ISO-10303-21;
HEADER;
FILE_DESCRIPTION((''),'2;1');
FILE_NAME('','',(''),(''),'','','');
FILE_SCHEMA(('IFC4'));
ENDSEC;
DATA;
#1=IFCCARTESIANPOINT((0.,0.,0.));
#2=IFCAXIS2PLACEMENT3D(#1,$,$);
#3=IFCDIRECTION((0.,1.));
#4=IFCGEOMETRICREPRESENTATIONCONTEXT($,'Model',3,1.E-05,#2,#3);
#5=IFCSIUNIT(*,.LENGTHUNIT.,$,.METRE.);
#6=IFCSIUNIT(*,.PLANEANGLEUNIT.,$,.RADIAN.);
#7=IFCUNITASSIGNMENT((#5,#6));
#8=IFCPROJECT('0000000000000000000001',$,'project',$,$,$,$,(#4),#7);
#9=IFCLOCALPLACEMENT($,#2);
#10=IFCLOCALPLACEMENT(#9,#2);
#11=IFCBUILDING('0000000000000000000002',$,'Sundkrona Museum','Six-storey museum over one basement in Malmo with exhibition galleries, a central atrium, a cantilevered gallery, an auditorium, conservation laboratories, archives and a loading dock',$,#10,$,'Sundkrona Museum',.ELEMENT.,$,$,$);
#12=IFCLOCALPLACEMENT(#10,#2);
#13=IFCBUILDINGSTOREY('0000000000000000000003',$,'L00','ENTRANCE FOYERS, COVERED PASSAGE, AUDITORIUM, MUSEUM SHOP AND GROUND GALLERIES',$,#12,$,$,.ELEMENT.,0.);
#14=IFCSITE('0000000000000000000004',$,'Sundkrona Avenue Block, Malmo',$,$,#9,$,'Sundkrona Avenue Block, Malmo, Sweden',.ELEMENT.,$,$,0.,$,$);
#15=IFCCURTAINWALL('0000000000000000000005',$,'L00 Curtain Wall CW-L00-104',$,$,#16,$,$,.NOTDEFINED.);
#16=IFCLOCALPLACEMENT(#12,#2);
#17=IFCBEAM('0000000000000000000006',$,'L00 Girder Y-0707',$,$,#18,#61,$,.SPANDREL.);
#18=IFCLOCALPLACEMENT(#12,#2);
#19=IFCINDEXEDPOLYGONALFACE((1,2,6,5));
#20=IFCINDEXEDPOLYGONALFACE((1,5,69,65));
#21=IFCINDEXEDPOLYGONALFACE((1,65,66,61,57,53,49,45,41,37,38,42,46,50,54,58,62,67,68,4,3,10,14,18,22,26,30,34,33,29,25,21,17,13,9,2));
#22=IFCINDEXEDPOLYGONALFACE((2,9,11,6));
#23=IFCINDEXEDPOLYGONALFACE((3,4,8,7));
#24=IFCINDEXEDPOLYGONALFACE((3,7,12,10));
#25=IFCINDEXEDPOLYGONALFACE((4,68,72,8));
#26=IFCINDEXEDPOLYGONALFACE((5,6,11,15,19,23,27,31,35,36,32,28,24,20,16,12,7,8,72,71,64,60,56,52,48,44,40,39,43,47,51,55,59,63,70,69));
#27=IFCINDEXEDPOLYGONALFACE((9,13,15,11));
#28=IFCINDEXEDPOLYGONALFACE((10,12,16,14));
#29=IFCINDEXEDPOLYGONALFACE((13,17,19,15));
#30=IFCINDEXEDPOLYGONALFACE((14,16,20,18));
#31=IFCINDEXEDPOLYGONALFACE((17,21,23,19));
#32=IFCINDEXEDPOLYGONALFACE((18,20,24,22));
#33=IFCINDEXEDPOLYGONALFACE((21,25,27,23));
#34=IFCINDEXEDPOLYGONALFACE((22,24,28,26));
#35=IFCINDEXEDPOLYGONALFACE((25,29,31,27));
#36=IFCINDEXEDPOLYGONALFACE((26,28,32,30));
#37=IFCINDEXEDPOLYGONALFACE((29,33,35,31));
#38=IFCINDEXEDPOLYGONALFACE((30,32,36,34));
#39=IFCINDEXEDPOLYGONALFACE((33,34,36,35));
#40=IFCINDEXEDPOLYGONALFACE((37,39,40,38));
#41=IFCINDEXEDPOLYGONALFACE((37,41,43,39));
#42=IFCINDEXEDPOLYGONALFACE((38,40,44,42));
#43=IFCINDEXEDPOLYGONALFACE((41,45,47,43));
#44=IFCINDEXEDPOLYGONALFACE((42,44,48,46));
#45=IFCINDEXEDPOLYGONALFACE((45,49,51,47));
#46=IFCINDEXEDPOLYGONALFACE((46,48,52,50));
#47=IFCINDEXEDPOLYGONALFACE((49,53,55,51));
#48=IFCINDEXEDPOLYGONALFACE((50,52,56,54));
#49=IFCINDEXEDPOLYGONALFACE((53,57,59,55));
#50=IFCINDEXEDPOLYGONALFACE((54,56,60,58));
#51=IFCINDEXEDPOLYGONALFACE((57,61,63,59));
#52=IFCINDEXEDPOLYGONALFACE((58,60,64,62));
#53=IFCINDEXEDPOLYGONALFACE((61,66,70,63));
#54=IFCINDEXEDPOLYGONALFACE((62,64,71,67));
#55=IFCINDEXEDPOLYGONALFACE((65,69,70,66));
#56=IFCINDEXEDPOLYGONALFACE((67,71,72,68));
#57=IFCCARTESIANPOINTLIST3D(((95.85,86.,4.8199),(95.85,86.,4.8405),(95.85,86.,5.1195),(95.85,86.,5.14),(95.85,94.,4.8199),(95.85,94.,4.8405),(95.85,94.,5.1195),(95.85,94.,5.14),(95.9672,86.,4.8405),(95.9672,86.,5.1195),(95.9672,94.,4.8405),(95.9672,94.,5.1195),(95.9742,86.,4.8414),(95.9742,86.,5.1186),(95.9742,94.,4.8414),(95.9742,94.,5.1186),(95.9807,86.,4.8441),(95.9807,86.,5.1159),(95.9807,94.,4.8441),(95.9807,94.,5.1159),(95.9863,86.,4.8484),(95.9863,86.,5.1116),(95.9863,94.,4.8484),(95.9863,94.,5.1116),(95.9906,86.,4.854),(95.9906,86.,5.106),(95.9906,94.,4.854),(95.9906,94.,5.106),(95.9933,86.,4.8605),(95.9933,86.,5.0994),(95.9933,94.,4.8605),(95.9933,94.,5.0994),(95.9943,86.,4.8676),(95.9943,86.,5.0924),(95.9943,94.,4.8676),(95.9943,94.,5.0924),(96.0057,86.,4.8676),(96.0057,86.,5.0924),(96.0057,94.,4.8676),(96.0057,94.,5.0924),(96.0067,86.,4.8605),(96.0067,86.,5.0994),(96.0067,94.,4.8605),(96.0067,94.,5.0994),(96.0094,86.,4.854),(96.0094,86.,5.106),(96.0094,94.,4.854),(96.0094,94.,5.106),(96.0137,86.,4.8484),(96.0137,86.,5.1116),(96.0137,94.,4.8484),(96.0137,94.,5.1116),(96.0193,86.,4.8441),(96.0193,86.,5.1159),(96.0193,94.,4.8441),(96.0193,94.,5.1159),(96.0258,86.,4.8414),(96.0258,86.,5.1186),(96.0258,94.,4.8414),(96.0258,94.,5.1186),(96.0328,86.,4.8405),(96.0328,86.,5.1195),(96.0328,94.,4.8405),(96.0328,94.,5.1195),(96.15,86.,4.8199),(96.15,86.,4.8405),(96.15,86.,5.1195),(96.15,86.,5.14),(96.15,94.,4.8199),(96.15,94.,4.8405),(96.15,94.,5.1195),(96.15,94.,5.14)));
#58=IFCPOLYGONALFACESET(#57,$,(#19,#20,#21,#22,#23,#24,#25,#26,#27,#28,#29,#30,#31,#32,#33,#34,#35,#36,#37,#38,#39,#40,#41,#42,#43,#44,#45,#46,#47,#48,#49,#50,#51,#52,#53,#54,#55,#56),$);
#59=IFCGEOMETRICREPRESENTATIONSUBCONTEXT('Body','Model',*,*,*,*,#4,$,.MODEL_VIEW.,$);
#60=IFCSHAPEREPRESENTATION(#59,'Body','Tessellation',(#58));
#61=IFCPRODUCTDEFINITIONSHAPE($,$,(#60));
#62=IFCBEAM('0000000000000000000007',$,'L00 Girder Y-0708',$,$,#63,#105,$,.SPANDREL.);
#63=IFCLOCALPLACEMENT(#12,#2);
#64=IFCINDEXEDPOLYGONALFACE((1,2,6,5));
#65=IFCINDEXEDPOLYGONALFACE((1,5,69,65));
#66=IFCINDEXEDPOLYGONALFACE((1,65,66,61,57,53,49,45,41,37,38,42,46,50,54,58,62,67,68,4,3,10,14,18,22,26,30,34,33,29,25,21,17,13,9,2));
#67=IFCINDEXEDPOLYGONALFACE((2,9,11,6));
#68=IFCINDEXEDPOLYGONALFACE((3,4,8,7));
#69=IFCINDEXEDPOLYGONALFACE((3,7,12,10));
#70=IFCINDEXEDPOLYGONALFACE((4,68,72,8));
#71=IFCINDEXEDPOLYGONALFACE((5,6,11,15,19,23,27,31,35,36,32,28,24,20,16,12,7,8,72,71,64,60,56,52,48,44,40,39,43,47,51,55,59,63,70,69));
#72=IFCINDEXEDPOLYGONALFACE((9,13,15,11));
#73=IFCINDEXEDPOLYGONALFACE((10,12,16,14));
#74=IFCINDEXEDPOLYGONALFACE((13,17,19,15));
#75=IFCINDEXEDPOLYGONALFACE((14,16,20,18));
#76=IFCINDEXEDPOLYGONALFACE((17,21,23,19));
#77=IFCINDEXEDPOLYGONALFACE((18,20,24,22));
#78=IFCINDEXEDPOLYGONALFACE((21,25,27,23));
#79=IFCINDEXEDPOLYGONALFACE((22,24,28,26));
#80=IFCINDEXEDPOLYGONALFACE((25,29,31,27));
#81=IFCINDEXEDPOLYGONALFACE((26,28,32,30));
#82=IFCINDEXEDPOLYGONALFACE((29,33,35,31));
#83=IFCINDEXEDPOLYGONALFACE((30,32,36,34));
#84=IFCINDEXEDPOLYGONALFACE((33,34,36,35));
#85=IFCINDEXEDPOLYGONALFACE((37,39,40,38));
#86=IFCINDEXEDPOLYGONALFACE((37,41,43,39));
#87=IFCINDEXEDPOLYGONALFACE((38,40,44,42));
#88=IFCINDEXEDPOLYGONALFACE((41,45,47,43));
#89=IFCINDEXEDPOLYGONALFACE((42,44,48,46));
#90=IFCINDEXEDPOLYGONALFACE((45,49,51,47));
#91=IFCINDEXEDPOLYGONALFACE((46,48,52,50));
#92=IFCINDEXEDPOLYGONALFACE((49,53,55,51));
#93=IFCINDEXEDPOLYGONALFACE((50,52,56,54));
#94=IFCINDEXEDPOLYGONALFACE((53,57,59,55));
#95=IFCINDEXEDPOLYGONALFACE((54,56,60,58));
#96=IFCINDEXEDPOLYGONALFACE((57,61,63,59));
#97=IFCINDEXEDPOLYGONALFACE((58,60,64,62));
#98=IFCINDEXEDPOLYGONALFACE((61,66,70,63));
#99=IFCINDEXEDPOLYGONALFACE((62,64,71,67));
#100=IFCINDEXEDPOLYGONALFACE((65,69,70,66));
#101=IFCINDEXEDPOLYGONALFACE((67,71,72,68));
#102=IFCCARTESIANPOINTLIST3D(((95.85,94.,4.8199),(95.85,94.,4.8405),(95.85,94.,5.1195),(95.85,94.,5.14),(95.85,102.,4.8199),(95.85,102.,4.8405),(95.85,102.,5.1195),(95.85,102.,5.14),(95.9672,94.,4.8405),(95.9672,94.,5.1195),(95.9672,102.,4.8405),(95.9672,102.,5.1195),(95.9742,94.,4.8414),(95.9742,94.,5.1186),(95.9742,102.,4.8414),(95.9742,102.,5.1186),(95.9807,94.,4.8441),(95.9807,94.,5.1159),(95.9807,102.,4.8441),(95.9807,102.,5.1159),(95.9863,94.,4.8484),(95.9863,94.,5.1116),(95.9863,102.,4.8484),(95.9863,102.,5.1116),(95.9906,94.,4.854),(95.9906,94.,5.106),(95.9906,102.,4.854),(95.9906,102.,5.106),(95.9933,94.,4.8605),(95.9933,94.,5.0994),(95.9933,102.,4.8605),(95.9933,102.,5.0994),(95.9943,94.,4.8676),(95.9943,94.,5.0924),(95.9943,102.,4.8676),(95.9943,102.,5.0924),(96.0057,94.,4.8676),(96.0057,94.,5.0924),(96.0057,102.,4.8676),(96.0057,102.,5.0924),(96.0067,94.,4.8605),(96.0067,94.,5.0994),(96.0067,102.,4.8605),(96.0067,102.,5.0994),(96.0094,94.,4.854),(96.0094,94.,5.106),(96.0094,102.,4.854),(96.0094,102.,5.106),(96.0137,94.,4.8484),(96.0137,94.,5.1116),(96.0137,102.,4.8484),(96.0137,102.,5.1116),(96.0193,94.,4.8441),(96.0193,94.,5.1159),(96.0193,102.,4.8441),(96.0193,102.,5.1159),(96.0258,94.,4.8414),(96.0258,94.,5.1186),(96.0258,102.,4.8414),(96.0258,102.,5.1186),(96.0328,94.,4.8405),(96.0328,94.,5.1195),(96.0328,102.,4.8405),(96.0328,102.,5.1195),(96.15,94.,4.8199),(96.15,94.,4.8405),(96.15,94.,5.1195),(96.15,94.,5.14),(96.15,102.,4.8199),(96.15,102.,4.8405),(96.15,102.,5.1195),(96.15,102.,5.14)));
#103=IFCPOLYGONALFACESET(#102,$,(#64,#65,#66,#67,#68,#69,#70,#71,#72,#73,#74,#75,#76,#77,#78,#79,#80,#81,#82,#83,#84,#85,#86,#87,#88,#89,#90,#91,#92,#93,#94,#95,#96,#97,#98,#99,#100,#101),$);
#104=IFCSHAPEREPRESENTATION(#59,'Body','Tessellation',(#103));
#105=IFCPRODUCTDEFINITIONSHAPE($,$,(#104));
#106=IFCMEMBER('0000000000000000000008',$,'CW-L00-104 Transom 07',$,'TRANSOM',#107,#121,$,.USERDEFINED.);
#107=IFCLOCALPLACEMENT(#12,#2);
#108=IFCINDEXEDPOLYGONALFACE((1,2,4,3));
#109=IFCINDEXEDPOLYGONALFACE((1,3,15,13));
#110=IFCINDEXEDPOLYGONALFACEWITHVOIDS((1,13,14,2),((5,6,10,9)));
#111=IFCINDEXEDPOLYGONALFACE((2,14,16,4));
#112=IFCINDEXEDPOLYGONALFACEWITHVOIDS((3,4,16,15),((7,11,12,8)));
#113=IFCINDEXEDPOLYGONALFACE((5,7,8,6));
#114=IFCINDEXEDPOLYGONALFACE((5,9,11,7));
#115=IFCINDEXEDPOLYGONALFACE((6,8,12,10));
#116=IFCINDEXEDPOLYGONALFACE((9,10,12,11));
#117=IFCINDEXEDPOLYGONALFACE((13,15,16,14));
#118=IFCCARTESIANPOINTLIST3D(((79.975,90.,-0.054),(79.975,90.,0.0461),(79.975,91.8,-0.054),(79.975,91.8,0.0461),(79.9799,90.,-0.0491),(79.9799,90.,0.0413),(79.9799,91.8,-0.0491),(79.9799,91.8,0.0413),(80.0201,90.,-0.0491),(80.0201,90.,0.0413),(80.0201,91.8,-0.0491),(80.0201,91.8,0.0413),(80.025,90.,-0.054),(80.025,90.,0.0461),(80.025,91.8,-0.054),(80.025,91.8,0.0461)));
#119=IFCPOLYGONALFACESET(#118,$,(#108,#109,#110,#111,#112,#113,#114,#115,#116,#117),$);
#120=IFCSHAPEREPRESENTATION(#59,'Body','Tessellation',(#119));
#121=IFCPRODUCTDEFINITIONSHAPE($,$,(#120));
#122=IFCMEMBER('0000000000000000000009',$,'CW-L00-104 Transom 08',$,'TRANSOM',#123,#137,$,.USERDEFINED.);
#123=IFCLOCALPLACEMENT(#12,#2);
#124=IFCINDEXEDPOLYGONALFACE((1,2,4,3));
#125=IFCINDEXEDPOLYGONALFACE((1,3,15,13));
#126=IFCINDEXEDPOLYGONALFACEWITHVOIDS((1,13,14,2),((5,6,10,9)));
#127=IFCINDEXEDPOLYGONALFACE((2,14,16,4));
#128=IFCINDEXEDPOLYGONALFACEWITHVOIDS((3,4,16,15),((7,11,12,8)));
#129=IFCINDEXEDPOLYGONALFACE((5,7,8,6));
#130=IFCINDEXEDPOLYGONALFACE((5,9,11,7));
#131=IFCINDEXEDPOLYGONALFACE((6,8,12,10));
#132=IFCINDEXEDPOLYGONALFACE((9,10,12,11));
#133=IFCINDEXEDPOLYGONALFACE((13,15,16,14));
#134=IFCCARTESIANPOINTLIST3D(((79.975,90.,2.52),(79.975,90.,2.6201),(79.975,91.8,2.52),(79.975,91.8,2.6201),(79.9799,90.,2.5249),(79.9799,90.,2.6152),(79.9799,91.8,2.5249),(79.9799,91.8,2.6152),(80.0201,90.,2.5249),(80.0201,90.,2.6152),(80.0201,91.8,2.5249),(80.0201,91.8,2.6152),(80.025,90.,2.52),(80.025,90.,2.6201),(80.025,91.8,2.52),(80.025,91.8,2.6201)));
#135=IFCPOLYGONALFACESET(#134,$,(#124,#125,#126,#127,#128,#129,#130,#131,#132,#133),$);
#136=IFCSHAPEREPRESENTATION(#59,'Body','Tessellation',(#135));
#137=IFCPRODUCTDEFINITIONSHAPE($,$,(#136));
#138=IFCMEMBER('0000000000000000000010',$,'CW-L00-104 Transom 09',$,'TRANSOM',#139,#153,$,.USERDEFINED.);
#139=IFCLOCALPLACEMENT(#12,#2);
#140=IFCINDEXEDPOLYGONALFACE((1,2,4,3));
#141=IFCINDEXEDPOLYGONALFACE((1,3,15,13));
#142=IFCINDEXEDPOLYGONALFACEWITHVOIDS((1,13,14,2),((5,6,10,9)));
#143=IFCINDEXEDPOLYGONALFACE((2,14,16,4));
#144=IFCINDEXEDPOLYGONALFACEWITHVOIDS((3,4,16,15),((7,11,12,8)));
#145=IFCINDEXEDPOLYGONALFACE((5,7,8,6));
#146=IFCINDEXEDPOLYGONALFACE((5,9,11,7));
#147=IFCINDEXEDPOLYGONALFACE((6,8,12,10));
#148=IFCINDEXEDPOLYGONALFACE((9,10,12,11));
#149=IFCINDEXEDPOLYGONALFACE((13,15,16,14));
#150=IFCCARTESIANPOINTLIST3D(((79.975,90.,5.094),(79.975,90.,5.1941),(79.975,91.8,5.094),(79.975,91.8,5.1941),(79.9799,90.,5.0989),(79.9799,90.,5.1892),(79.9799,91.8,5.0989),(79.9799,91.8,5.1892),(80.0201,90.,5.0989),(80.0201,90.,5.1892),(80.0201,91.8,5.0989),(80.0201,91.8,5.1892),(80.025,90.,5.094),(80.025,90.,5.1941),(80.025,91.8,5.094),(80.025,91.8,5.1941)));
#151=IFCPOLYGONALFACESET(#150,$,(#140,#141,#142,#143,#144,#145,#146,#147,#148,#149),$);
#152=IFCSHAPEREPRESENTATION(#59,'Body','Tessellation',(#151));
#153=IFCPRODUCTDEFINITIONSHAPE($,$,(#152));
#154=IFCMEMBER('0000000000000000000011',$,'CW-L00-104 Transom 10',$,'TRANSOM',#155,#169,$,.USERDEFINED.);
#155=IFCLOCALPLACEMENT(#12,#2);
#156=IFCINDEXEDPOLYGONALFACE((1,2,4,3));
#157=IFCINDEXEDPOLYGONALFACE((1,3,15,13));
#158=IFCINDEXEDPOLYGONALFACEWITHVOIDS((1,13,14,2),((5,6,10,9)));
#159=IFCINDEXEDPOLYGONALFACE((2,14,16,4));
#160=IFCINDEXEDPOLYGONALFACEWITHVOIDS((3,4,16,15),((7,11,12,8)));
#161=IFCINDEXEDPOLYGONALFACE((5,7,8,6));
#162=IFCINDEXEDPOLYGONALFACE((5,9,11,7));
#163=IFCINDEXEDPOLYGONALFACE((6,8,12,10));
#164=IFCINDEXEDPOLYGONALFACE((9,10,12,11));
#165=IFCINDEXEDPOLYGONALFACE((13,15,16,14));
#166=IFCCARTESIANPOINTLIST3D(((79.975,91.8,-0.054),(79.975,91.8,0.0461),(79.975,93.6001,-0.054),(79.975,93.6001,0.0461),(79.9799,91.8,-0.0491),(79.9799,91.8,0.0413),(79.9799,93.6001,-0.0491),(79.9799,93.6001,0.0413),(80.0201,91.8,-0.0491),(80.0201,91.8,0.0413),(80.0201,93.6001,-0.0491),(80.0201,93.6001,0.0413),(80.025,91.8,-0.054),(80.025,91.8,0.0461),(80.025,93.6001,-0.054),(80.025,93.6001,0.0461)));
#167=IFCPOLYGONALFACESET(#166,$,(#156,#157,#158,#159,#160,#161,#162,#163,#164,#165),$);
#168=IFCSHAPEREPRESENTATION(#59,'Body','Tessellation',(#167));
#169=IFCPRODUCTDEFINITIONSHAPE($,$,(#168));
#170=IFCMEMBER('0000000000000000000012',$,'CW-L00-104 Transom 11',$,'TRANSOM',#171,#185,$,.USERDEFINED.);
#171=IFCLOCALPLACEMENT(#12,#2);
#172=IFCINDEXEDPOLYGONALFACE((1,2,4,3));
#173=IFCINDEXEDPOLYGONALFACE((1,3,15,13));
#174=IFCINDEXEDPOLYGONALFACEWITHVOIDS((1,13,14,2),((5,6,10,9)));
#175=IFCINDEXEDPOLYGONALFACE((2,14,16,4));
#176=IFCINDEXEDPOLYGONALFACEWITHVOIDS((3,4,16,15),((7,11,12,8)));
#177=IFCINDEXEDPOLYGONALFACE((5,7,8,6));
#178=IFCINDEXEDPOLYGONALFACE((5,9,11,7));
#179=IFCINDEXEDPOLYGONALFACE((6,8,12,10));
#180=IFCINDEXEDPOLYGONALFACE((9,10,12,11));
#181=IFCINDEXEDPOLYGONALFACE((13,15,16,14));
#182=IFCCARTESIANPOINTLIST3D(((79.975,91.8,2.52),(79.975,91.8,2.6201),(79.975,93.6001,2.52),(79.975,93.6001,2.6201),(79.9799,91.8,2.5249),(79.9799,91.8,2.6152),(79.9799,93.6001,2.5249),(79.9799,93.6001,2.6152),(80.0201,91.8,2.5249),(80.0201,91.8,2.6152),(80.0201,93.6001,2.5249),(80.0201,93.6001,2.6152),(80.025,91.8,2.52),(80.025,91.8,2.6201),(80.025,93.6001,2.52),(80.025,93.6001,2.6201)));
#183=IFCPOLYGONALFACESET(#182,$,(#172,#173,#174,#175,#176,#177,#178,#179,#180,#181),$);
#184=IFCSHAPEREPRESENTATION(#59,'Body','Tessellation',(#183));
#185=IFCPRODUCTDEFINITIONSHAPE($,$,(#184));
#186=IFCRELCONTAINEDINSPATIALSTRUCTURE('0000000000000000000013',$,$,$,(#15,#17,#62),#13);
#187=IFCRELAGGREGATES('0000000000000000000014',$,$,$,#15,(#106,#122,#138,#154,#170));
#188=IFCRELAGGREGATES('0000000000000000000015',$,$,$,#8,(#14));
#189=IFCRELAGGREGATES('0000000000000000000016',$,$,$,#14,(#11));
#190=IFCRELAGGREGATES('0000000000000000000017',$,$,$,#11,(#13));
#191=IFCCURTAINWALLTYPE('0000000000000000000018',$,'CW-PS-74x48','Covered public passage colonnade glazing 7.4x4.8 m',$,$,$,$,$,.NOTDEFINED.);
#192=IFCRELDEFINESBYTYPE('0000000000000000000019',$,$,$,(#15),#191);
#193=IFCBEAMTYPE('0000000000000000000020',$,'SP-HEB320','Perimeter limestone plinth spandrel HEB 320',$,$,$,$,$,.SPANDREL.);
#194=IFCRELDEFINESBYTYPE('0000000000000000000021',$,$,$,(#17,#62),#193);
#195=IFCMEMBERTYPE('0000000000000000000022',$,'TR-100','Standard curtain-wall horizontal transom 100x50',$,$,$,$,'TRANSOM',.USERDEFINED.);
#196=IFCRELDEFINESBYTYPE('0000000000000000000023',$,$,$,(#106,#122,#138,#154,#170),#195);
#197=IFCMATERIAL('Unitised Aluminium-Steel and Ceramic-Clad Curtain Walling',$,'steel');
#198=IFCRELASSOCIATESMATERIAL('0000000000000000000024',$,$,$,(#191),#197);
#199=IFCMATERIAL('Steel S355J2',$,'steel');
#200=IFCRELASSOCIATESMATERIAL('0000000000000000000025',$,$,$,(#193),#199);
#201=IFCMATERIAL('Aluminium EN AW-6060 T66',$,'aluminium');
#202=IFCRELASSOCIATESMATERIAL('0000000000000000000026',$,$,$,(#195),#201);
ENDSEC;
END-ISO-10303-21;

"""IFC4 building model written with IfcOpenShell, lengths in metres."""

from ifc_helpers import new_model, si_unit, direction, frame, origin, origin_2d, place, context, subcontext, project, spatial, hollow_rectangle, i_section, extrude, material, material_profile, profile_set, type_object, element, aggregate, save


model = new_model("IFC4")

# Units and contexts
model_context = context("Model", 3, precision=1e-05, world=origin(), true_north=direction((0.0, 1.0)))
body_context = subcontext(model_context, "Body", "Model", "MODEL_VIEW")
ifc_project = project(units=[si_unit("LENGTHUNIT", "METRE"), si_unit("PLANEANGLEUNIT", "RADIAN")], contexts=[model_context])

# Site, building, storey
site_placement = place(None, origin())
site = spatial("IfcSite", under=ifc_project, at=site_placement, Name="Sundkrona Avenue Block, Malmo", LongName="Sundkrona Avenue Block, Malmo, Sweden", CompositionType="ELEMENT", RefElevation=0.0)
building_placement = place(site_placement, origin())
building = spatial("IfcBuilding", under=site, at=building_placement, Name="Sundkrona Museum", Description="Six-storey museum over one basement in Malmo with exhibition galleries, a central atrium, a cantilevered gallery, an auditorium, conservation laboratories, archives and a loading dock", LongName="Sundkrona Museum", CompositionType="ELEMENT")
storey_placement = place(building_placement, origin())
storey = spatial("IfcBuildingStorey", under=building, at=storey_placement, Name="L00", Description="ENTRANCE FOYERS, COVERED PASSAGE, AUDITORIUM, MUSEUM SHOP AND GROUND GALLERIES", CompositionType="ELEMENT", Elevation=0.0)

# Shared definitions
ifc_material_1 = material(Name="Steel S355J2", Category="steel")

# Curtain wall
ifc_material_2 = material(Name="Unitised Aluminium-Steel and Ceramic-Clad Curtain Walling", Category="steel")
curtain_wall_type = type_object("IfcCurtainWallType", Name="CW-PS-74x48", Description="Covered public passage colonnade glazing 7.4x4.8 m", PredefinedType="NOTDEFINED", material=ifc_material_2)
curtain_wall_1_placement = place(storey_placement, origin())
curtain_wall_1 = element("IfcCurtainWall", 1, at=curtain_wall_1_placement, inside=storey, type_object=curtain_wall_type, Name="L00 Curtain Wall CW-L00-104", PredefinedType="NOTDEFINED")
ifc_material_3 = material(Name="Aluminium EN AW-6060 T66", Category="aluminium")

# Beams
ifc_material_profile_1 = material_profile(ifc_material_1, i_section(OverallWidth=0.3, OverallDepth=0.3201, WebThickness=0.0115, FlangeThickness=0.0205, FilletRadius=0.0271, at=origin_2d()), Name="HEB 320")
ifc_profile_set_1 = profile_set([ifc_material_profile_1], Name="Steel S355J2")
beam_type_1 = type_object("IfcBeamType", Name="SP-HEB320", Description="Perimeter limestone plinth spandrel HEB 320", PredefinedType="SPANDREL", material=ifc_profile_set_1)
for number, where, z_axis, x_axis, name in (
    (2, (96.0, 86.0, 4.98), (0.0, 1.0, 0.0), (-1.0, 0.0, 0.0), "L00 Girder Y-0707"),
    (3, (96.0, 94.0, 4.98), (0.0, 1.0, 0.0), (-1.0, 0.0, 0.0), "L00 Girder Y-0708"),
):
    element("IfcBeam", number, at=place(storey_placement, frame(where, z_axis=z_axis, x_axis=x_axis)), inside=storey, type_object=beam_type_1, Name=name, PredefinedType="SPANDREL", context=body_context, shape_type="SweptSolid", body=[
        extrude(i_section(OverallWidth=0.3, OverallDepth=0.3201, WebThickness=0.0115, FlangeThickness=0.0205, FilletRadius=0.0271, at=origin_2d()), origin(), (0.0, 0.0, 1.0), 8.0),
    ])

# Members
ifc_material_profile_2 = material_profile(ifc_material_3, hollow_rectangle(XDim=0.05, YDim=0.1001, WallThickness=0.0049, at=origin_2d()), Name="RHS 100x50x5.0")
ifc_profile_set_2 = profile_set([ifc_material_profile_2], Name="Aluminium EN AW-6060 T66")
member_type_1 = type_object("IfcMemberType", Name="TR-100", Description="Standard curtain-wall horizontal transom 100x50", ElementType="TRANSOM", PredefinedType="USERDEFINED", material=ifc_profile_set_2)
member_1_placement = place(storey_placement, frame((80.0, 90.0, -0.0039), z_axis=(0.0, 1.0, 0.0), x_axis=(-1.0, 0.0, 0.0)))
member_1 = element("IfcMember", 4, at=member_1_placement, type_object=member_type_1, Name="CW-L00-104 Transom 07", ObjectType="TRANSOM", PredefinedType="USERDEFINED", context=body_context, shape_type="SweptSolid", body=[
    extrude(hollow_rectangle(XDim=0.05, YDim=0.1001, WallThickness=0.0049, at=origin_2d()), origin(), (0.0, 0.0, 1.0), 1.8),
])
member_2_placement = place(storey_placement, frame((80.0, 90.0, 2.5701), z_axis=(0.0, 1.0, 0.0), x_axis=(-1.0, 0.0, 0.0)))
member_2 = element("IfcMember", 5, at=member_2_placement, type_object=member_type_1, Name="CW-L00-104 Transom 08", ObjectType="TRANSOM", PredefinedType="USERDEFINED", context=body_context, shape_type="SweptSolid", body=[
    extrude(hollow_rectangle(XDim=0.05, YDim=0.1001, WallThickness=0.0049, at=origin_2d()), origin(), (0.0, 0.0, 1.0), 1.8),
])
member_3_placement = place(storey_placement, frame((80.0, 90.0, 5.144), z_axis=(0.0, 1.0, 0.0), x_axis=(-1.0, 0.0, 0.0)))
member_3 = element("IfcMember", 6, at=member_3_placement, type_object=member_type_1, Name="CW-L00-104 Transom 09", ObjectType="TRANSOM", PredefinedType="USERDEFINED", context=body_context, shape_type="SweptSolid", body=[
    extrude(hollow_rectangle(XDim=0.05, YDim=0.1001, WallThickness=0.0049, at=origin_2d()), origin(), (0.0, 0.0, 1.0), 1.8),
])
member_4_placement = place(storey_placement, frame((80.0, 91.8, -0.0039), z_axis=(0.0, 1.0, 0.0), x_axis=(-1.0, 0.0, 0.0)))
member_4 = element("IfcMember", 7, at=member_4_placement, type_object=member_type_1, Name="CW-L00-104 Transom 10", ObjectType="TRANSOM", PredefinedType="USERDEFINED", context=body_context, shape_type="SweptSolid", body=[
    extrude(hollow_rectangle(XDim=0.05, YDim=0.1001, WallThickness=0.0049, at=origin_2d()), origin(), (0.0, 0.0, 1.0), 1.8),
])
member_5_placement = place(storey_placement, frame((80.0, 91.8, 2.5701), z_axis=(0.0, 1.0, 0.0), x_axis=(-1.0, 0.0, 0.0)))
member_5 = element("IfcMember", 8, at=member_5_placement, type_object=member_type_1, Name="CW-L00-104 Transom 11", ObjectType="TRANSOM", PredefinedType="USERDEFINED", context=body_context, shape_type="SweptSolid", body=[
    extrude(hollow_rectangle(XDim=0.05, YDim=0.1001, WallThickness=0.0049, at=origin_2d()), origin(), (0.0, 0.0, 1.0), 1.8),
])

aggregate(curtain_wall_1, [member_1, member_2, member_3, member_4, member_5])

save(model, "model.ifc")
